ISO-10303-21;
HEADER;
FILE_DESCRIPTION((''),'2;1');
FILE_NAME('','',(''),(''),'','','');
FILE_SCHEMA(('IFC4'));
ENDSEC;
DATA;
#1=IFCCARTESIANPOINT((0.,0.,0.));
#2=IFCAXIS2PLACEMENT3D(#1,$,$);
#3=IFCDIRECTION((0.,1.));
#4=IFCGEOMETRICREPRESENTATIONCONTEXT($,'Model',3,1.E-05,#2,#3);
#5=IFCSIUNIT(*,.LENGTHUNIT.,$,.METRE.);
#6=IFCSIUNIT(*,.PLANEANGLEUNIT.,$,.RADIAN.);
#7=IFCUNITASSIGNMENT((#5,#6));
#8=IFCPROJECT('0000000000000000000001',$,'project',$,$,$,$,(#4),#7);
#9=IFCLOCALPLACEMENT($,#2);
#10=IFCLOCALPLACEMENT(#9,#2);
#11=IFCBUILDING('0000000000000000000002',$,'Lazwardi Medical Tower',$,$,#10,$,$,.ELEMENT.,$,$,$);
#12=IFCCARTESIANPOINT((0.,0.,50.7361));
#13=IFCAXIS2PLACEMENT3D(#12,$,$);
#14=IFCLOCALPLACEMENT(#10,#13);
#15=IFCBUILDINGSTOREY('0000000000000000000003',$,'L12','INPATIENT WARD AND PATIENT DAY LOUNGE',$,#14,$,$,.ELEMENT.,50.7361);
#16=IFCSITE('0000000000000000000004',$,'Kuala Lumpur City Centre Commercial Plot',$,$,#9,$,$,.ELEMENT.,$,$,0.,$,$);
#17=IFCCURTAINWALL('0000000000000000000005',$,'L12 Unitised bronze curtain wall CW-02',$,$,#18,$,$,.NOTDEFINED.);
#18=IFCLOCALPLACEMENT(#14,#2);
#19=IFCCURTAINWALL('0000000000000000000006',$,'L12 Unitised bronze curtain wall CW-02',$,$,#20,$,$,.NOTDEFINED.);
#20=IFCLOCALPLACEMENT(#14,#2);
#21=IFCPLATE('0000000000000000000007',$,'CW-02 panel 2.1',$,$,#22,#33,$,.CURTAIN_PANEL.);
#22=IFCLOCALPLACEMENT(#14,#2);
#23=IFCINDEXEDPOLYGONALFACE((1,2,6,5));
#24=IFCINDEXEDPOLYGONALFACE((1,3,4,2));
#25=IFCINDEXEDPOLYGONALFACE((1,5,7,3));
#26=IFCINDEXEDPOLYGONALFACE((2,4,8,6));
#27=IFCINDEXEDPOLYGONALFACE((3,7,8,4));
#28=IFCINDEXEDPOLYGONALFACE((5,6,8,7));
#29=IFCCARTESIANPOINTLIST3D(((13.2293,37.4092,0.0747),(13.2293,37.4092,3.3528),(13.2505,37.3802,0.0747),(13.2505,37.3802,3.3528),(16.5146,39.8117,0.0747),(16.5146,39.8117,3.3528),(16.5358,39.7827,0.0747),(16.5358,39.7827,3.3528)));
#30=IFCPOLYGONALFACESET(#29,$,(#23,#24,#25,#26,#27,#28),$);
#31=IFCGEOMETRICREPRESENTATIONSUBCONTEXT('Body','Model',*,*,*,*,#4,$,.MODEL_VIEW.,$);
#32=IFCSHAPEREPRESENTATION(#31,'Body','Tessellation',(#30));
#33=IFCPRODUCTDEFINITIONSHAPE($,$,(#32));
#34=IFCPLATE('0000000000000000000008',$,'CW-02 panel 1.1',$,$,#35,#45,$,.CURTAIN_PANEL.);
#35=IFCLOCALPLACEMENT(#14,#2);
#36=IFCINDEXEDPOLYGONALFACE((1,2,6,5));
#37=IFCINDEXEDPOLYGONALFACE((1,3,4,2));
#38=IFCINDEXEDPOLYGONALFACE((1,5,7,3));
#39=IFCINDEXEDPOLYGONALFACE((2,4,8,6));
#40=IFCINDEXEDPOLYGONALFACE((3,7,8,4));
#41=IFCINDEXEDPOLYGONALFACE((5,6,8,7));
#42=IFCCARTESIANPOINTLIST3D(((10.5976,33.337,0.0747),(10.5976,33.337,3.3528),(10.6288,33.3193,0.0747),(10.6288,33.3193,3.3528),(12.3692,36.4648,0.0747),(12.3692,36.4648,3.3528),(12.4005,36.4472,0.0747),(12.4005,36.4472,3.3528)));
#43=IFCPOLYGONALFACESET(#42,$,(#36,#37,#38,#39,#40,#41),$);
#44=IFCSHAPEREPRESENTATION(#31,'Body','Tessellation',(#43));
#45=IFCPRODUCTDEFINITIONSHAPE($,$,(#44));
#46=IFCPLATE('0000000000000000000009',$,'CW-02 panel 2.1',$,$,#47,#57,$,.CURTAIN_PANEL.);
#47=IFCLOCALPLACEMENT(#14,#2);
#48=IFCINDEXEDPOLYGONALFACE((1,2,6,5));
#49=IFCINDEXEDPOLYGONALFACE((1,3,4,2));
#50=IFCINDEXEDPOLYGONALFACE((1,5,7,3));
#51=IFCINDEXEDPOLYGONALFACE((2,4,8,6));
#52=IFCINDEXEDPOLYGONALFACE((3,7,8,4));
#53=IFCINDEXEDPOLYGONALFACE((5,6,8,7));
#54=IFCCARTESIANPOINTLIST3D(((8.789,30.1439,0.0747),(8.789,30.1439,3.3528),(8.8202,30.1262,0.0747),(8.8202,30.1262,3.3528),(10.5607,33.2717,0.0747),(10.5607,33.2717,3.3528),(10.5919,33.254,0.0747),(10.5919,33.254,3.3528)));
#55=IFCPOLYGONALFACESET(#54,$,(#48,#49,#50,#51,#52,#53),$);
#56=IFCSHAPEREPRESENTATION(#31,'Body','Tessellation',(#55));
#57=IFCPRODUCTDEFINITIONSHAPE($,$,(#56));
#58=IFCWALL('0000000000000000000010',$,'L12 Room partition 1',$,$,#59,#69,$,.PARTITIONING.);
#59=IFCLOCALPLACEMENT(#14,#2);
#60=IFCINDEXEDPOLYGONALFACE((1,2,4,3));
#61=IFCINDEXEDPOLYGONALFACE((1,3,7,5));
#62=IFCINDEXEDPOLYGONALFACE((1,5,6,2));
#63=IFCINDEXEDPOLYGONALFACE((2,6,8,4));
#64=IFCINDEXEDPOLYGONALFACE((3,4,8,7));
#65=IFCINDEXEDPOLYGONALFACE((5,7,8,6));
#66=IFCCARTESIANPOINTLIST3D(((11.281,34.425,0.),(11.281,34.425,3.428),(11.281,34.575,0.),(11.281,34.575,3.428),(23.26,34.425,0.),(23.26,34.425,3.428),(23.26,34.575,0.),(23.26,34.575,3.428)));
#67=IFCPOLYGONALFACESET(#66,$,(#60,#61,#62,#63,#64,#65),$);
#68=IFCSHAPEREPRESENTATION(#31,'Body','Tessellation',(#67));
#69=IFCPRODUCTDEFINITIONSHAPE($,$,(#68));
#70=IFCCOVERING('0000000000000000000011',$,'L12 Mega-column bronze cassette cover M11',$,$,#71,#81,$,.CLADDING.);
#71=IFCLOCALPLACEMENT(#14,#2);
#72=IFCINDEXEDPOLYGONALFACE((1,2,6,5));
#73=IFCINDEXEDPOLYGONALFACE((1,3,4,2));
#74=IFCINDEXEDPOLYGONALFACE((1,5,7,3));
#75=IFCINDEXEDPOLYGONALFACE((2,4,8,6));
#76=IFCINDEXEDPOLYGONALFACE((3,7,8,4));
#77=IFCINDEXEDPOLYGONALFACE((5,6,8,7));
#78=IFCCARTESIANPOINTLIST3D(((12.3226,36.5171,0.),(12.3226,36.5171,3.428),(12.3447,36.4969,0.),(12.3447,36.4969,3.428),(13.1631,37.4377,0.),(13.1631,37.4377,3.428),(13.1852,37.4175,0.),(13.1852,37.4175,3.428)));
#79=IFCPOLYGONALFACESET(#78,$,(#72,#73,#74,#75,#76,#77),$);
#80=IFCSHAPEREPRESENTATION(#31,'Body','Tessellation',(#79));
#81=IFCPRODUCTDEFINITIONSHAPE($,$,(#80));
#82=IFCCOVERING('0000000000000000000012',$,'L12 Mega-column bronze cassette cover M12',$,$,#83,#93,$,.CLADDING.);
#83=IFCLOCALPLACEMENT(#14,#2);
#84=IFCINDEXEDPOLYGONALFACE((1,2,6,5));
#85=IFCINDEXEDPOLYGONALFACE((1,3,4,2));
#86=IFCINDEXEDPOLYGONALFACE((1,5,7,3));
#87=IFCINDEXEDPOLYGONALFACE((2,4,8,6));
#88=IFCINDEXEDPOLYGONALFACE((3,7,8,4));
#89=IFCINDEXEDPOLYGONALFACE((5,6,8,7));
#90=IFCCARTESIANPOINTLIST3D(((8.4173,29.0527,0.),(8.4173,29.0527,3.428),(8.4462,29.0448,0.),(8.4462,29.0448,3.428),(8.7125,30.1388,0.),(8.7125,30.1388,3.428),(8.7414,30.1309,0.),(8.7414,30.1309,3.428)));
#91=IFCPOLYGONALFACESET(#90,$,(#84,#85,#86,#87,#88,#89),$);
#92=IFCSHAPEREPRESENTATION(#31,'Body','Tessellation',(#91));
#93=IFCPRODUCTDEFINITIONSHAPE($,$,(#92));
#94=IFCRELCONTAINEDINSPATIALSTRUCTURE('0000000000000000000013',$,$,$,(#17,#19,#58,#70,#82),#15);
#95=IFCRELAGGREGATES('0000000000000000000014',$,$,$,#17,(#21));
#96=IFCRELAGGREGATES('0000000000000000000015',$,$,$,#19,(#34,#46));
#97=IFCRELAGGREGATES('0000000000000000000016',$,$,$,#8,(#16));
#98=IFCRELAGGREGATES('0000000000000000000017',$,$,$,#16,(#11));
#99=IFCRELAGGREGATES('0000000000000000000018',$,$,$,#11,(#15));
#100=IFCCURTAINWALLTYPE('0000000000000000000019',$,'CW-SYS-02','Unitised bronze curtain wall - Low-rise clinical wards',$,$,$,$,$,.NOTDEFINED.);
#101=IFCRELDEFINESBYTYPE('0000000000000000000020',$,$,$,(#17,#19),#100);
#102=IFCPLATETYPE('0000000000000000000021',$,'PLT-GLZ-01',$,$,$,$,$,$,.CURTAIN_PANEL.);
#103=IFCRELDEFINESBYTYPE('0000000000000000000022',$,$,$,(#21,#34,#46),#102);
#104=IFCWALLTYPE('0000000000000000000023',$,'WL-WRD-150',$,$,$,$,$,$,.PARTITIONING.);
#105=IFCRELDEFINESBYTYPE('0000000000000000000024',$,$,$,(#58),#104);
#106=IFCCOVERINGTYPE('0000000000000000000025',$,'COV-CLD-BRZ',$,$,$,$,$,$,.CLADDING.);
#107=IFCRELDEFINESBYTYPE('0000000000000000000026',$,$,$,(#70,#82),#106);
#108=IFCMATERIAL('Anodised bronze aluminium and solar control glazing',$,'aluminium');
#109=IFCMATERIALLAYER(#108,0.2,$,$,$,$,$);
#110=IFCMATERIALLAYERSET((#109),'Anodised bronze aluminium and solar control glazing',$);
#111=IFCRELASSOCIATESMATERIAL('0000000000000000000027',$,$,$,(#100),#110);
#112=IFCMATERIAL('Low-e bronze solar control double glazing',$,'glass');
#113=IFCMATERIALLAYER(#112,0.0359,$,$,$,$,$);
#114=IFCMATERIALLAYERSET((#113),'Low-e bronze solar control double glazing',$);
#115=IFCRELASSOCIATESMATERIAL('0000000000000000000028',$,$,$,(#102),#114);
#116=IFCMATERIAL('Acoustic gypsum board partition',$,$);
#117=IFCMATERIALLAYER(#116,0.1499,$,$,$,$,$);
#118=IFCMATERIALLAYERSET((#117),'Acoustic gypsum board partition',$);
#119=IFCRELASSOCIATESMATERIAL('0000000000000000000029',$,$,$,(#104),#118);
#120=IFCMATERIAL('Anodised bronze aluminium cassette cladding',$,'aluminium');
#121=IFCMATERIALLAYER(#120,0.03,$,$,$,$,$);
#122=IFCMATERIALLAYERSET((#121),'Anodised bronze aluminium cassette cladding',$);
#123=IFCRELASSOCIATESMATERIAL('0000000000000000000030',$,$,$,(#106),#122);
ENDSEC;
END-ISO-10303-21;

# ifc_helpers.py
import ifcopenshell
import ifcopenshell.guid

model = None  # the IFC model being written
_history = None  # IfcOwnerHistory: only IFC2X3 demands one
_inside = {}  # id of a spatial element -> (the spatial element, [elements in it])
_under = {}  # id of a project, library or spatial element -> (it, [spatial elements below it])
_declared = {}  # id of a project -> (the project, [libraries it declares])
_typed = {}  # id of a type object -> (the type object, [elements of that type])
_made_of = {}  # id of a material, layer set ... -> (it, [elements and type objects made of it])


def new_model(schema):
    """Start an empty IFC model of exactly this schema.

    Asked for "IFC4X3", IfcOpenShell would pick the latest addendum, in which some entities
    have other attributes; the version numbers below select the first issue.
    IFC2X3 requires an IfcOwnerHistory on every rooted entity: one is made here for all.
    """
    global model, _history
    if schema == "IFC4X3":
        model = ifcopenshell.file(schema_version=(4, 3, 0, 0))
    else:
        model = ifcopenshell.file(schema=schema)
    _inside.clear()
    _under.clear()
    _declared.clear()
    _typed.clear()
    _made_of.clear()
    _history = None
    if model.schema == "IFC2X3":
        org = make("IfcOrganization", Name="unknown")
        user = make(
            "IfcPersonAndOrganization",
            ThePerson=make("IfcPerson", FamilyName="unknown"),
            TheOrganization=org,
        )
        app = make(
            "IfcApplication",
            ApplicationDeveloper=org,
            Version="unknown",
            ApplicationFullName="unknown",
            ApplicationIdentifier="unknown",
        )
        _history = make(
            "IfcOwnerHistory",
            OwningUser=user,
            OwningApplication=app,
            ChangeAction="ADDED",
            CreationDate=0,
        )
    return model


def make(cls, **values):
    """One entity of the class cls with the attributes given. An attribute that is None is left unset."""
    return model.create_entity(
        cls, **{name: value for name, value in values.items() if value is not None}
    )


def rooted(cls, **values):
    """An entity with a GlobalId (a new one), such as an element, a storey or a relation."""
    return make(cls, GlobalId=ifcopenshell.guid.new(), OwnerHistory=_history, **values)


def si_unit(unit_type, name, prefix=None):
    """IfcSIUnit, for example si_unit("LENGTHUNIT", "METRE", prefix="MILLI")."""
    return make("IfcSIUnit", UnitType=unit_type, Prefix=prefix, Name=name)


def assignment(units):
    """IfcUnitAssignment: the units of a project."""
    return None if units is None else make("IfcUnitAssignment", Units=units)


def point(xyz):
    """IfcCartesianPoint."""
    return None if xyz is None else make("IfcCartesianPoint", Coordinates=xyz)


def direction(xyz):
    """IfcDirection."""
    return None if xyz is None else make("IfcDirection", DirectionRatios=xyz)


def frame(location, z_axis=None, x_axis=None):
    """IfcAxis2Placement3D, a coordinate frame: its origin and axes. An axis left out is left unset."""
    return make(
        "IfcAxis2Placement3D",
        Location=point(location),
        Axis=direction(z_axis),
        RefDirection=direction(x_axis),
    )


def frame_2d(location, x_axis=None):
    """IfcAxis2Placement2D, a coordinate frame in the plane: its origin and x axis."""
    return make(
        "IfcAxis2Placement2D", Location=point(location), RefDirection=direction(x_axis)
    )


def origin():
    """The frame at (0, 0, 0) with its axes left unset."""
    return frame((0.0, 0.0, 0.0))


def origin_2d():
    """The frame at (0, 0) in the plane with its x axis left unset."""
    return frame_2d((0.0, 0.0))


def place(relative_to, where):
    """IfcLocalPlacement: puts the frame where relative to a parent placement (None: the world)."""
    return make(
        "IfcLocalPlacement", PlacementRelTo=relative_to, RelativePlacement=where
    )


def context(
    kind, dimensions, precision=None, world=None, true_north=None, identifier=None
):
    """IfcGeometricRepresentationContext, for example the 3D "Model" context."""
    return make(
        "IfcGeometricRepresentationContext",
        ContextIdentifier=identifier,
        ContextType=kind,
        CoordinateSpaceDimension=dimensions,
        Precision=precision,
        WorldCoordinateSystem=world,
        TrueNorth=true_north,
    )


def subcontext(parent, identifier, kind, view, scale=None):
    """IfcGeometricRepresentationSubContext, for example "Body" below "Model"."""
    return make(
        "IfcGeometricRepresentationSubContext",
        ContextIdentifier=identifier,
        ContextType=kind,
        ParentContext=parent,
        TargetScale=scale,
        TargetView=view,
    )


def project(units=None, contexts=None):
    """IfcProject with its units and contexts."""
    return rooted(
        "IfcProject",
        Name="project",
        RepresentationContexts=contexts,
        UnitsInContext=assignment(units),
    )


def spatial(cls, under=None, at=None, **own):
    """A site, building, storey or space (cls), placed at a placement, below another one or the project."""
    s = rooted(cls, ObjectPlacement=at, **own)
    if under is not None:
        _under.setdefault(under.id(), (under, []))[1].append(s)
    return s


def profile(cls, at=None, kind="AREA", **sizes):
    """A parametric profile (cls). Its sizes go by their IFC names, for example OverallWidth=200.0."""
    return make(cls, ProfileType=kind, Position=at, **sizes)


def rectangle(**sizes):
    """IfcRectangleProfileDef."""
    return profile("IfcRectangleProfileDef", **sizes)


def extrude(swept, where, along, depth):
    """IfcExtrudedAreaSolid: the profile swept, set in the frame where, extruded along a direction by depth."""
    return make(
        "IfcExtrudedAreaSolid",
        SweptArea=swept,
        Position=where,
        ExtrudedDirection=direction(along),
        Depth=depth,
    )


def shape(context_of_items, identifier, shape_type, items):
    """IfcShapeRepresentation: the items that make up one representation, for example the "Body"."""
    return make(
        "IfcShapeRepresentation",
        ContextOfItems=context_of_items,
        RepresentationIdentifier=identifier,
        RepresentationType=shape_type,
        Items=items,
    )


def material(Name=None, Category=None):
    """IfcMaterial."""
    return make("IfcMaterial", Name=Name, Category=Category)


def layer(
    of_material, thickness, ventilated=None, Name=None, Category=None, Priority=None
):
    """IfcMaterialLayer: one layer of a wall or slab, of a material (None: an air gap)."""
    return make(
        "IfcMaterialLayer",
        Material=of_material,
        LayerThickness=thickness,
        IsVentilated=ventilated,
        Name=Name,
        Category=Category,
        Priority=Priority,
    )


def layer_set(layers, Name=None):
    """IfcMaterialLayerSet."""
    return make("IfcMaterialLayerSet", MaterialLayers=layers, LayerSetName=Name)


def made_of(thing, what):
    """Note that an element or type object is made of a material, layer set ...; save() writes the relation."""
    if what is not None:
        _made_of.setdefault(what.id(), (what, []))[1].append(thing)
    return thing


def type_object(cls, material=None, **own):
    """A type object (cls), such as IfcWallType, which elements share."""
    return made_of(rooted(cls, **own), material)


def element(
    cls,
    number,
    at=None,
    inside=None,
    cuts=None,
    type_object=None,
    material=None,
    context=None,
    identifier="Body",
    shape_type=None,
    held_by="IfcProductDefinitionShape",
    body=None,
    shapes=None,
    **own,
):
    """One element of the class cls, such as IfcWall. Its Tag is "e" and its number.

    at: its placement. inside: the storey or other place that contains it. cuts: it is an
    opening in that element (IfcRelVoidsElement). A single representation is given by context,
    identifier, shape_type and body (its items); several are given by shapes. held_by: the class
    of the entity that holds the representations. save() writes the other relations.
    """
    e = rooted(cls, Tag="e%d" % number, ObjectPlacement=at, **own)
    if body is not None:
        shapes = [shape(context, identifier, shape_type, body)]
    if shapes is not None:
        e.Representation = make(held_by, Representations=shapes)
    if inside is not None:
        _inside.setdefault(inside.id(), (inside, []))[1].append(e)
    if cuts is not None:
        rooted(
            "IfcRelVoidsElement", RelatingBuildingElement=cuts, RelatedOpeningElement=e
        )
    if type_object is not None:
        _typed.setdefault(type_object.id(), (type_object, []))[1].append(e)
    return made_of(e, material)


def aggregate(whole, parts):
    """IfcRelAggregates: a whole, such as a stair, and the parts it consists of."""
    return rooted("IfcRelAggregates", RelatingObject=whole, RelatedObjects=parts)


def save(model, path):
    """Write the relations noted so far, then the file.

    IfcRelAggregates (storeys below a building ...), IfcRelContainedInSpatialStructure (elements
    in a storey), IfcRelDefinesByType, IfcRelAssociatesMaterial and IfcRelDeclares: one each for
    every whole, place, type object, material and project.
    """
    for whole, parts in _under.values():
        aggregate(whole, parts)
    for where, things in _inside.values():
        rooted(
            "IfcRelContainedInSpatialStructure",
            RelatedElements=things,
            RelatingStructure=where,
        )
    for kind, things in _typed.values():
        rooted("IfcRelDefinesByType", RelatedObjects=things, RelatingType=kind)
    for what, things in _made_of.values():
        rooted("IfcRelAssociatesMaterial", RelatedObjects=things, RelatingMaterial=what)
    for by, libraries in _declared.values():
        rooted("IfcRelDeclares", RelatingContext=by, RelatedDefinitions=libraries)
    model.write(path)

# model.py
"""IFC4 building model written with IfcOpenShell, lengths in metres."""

from ifc_helpers import new_model, si_unit, direction, frame, frame_2d, origin, origin_2d, place, context, subcontext, project, spatial, rectangle, extrude, material, layer, layer_set, type_object, element, aggregate, save


model = new_model("IFC4")

# Units and contexts
model_context = context("Model", 3, precision=1e-05, world=origin(), true_north=direction((0.0, 1.0)))
body_context = subcontext(model_context, "Body", "Model", "MODEL_VIEW")
ifc_project = project(units=[si_unit("LENGTHUNIT", "METRE"), si_unit("PLANEANGLEUNIT", "RADIAN")], contexts=[model_context])

# Site, building, storey
site_placement = place(None, origin())
site = spatial("IfcSite", under=ifc_project, at=site_placement, Name="Kuala Lumpur City Centre Commercial Plot", CompositionType="ELEMENT", RefElevation=0.0)
building_placement = place(site_placement, origin())
building = spatial("IfcBuilding", under=site, at=building_placement, Name="Lazwardi Medical Tower", CompositionType="ELEMENT")
storey_placement = place(building_placement, frame((0.0, 0.0, 50.7361)))
storey = spatial("IfcBuildingStorey", under=building, at=storey_placement, Name="L12", Description="INPATIENT WARD AND PATIENT DAY LOUNGE", CompositionType="ELEMENT", Elevation=50.7361)

# Curtain wall
ifc_material_1 = material(Name="Anodised bronze aluminium and solar control glazing", Category="aluminium")
ifc_layer_1 = layer(ifc_material_1, 0.2)
ifc_layer_set_1 = layer_set([ifc_layer_1], Name="Anodised bronze aluminium and solar control glazing")
curtain_wall_type = type_object("IfcCurtainWallType", Name="CW-SYS-02", Description="Unitised bronze curtain wall - Low-rise clinical wards", PredefinedType="NOTDEFINED", material=ifc_layer_set_1)
curtain_wall_1_placement = place(storey_placement, origin())
curtain_wall_1 = element("IfcCurtainWall", 1, at=curtain_wall_1_placement, inside=storey, type_object=curtain_wall_type, Name="L12 Unitised bronze curtain wall CW-02", PredefinedType="NOTDEFINED")

# Curtain wall
curtain_wall_2_placement = place(storey_placement, origin())
curtain_wall_2 = element("IfcCurtainWall", 2, at=curtain_wall_2_placement, inside=storey, type_object=curtain_wall_type, Name="L12 Unitised bronze curtain wall CW-02", PredefinedType="NOTDEFINED")

# Plates
ifc_material_2 = material(Name="Low-e bronze solar control double glazing", Category="glass")
ifc_layer_2 = layer(ifc_material_2, 0.0359)
ifc_layer_set_2 = layer_set([ifc_layer_2], Name="Low-e bronze solar control double glazing")
plate_type = type_object("IfcPlateType", Name="PLT-GLZ-01", PredefinedType="CURTAIN_PANEL", material=ifc_layer_set_2)
plate_1_placement = place(storey_placement, frame((14.8826, 38.5959, 0.0747), z_axis=(0.0, 0.0, 1.0), x_axis=(-0.807192, -0.590289, 0.0)))
plate_1 = element("IfcPlate", 3, at=plate_1_placement, type_object=plate_type, Name="CW-02 panel 2.1", PredefinedType="CURTAIN_PANEL", context=body_context, shape_type="SweptSolid", body=[
    extrude(rectangle(XDim=4.0701, YDim=0.0359, at=origin_2d()), origin(), (0.0, 0.0, 1.0), 3.2781),
])
aggregate(curtain_wall_1, [plate_1])
plate_2_placement = place(storey_placement, frame((11.499, 34.8921, 0.0747), z_axis=(0.0, 0.0, 1.0), x_axis=(-0.492854, -0.870112, 0.0)))
plate_2 = element("IfcPlate", 4, at=plate_2_placement, type_object=plate_type, Name="CW-02 panel 1.1", PredefinedType="CURTAIN_PANEL", context=body_context, shape_type="SweptSolid", body=[
    extrude(rectangle(XDim=3.5947, YDim=0.0359, at=origin_2d()), origin(), (0.0, 0.0, 1.0), 3.2781),
])
plate_3_placement = place(storey_placement, frame((9.6904, 31.699, 0.0747), z_axis=(0.0, 0.0, 1.0), x_axis=(-0.492854, -0.870112, 0.0)))
plate_3 = element("IfcPlate", 5, at=plate_3_placement, type_object=plate_type, Name="CW-02 panel 2.1", PredefinedType="CURTAIN_PANEL", context=body_context, shape_type="SweptSolid", body=[
    extrude(rectangle(XDim=3.5947, YDim=0.0359, at=origin_2d()), origin(), (0.0, 0.0, 1.0), 3.2781),
])
aggregate(curtain_wall_2, [plate_2, plate_3])

# Wall
ifc_material_3 = material(Name="Acoustic gypsum board partition")
ifc_layer_3 = layer(ifc_material_3, 0.1499)
ifc_layer_set_3 = layer_set([ifc_layer_3], Name="Acoustic gypsum board partition")
wall_type_1 = type_object("IfcWallType", Name="WL-WRD-150", PredefinedType="PARTITIONING", material=ifc_layer_set_3)
wall_1_placement = place(storey_placement, frame((11.281, 34.5, 0.0), z_axis=(0.0, 0.0, 1.0), x_axis=(1.0, 0.0, 0.0)))
element("IfcWall", 6, at=wall_1_placement, inside=storey, type_object=wall_type_1, Name="L12 Room partition 1", PredefinedType="PARTITIONING", context=body_context, shape_type="SweptSolid", body=[
    extrude(rectangle(XDim=11.979, YDim=0.1499, at=frame_2d((5.9895, 0.0))), origin(), (0.0, 0.0, 1.0), 3.428),
])

# Coverings
ifc_material_4 = material(Name="Anodised bronze aluminium cassette cladding", Category="aluminium")
ifc_layer_4 = layer(ifc_material_4, 0.03)
ifc_layer_set_4 = layer_set([ifc_layer_4], Name="Anodised bronze aluminium cassette cladding")
covering_type = type_object("IfcCoveringType", Name="COV-CLD-BRZ", PredefinedType="CLADDING", material=ifc_layer_set_4)
covering_1_placement = place(storey_placement, frame((12.7539, 36.9673, 0.0), z_axis=(0.0, 0.0, 1.0), x_axis=(-0.674252, -0.738501, 0.0)))
element("IfcCovering", 7, at=covering_1_placement, inside=storey, type_object=covering_type, Name="L12 Mega-column bronze cassette cover M11", PredefinedType="CLADDING", context=body_context, shape_type="SweptSolid", body=[
    extrude(rectangle(XDim=1.2466, YDim=0.03, at=origin_2d()), origin(), (0.0, 0.0, 1.0), 3.428),
])
covering_2_placement = place(storey_placement, frame((8.5793, 29.5918, 0.0), z_axis=(0.0, 0.0, 1.0), x_axis=(-0.262283, -0.964991, 0.0)))
element("IfcCovering", 8, at=covering_2_placement, inside=storey, type_object=covering_type, Name="L12 Mega-column bronze cassette cover M12", PredefinedType="CLADDING", context=body_context, shape_type="SweptSolid", body=[
    extrude(rectangle(XDim=1.1255, YDim=0.03, at=origin_2d()), origin(), (0.0, 0.0, 1.0), 3.428),
])

save(model, "model.ifc")
